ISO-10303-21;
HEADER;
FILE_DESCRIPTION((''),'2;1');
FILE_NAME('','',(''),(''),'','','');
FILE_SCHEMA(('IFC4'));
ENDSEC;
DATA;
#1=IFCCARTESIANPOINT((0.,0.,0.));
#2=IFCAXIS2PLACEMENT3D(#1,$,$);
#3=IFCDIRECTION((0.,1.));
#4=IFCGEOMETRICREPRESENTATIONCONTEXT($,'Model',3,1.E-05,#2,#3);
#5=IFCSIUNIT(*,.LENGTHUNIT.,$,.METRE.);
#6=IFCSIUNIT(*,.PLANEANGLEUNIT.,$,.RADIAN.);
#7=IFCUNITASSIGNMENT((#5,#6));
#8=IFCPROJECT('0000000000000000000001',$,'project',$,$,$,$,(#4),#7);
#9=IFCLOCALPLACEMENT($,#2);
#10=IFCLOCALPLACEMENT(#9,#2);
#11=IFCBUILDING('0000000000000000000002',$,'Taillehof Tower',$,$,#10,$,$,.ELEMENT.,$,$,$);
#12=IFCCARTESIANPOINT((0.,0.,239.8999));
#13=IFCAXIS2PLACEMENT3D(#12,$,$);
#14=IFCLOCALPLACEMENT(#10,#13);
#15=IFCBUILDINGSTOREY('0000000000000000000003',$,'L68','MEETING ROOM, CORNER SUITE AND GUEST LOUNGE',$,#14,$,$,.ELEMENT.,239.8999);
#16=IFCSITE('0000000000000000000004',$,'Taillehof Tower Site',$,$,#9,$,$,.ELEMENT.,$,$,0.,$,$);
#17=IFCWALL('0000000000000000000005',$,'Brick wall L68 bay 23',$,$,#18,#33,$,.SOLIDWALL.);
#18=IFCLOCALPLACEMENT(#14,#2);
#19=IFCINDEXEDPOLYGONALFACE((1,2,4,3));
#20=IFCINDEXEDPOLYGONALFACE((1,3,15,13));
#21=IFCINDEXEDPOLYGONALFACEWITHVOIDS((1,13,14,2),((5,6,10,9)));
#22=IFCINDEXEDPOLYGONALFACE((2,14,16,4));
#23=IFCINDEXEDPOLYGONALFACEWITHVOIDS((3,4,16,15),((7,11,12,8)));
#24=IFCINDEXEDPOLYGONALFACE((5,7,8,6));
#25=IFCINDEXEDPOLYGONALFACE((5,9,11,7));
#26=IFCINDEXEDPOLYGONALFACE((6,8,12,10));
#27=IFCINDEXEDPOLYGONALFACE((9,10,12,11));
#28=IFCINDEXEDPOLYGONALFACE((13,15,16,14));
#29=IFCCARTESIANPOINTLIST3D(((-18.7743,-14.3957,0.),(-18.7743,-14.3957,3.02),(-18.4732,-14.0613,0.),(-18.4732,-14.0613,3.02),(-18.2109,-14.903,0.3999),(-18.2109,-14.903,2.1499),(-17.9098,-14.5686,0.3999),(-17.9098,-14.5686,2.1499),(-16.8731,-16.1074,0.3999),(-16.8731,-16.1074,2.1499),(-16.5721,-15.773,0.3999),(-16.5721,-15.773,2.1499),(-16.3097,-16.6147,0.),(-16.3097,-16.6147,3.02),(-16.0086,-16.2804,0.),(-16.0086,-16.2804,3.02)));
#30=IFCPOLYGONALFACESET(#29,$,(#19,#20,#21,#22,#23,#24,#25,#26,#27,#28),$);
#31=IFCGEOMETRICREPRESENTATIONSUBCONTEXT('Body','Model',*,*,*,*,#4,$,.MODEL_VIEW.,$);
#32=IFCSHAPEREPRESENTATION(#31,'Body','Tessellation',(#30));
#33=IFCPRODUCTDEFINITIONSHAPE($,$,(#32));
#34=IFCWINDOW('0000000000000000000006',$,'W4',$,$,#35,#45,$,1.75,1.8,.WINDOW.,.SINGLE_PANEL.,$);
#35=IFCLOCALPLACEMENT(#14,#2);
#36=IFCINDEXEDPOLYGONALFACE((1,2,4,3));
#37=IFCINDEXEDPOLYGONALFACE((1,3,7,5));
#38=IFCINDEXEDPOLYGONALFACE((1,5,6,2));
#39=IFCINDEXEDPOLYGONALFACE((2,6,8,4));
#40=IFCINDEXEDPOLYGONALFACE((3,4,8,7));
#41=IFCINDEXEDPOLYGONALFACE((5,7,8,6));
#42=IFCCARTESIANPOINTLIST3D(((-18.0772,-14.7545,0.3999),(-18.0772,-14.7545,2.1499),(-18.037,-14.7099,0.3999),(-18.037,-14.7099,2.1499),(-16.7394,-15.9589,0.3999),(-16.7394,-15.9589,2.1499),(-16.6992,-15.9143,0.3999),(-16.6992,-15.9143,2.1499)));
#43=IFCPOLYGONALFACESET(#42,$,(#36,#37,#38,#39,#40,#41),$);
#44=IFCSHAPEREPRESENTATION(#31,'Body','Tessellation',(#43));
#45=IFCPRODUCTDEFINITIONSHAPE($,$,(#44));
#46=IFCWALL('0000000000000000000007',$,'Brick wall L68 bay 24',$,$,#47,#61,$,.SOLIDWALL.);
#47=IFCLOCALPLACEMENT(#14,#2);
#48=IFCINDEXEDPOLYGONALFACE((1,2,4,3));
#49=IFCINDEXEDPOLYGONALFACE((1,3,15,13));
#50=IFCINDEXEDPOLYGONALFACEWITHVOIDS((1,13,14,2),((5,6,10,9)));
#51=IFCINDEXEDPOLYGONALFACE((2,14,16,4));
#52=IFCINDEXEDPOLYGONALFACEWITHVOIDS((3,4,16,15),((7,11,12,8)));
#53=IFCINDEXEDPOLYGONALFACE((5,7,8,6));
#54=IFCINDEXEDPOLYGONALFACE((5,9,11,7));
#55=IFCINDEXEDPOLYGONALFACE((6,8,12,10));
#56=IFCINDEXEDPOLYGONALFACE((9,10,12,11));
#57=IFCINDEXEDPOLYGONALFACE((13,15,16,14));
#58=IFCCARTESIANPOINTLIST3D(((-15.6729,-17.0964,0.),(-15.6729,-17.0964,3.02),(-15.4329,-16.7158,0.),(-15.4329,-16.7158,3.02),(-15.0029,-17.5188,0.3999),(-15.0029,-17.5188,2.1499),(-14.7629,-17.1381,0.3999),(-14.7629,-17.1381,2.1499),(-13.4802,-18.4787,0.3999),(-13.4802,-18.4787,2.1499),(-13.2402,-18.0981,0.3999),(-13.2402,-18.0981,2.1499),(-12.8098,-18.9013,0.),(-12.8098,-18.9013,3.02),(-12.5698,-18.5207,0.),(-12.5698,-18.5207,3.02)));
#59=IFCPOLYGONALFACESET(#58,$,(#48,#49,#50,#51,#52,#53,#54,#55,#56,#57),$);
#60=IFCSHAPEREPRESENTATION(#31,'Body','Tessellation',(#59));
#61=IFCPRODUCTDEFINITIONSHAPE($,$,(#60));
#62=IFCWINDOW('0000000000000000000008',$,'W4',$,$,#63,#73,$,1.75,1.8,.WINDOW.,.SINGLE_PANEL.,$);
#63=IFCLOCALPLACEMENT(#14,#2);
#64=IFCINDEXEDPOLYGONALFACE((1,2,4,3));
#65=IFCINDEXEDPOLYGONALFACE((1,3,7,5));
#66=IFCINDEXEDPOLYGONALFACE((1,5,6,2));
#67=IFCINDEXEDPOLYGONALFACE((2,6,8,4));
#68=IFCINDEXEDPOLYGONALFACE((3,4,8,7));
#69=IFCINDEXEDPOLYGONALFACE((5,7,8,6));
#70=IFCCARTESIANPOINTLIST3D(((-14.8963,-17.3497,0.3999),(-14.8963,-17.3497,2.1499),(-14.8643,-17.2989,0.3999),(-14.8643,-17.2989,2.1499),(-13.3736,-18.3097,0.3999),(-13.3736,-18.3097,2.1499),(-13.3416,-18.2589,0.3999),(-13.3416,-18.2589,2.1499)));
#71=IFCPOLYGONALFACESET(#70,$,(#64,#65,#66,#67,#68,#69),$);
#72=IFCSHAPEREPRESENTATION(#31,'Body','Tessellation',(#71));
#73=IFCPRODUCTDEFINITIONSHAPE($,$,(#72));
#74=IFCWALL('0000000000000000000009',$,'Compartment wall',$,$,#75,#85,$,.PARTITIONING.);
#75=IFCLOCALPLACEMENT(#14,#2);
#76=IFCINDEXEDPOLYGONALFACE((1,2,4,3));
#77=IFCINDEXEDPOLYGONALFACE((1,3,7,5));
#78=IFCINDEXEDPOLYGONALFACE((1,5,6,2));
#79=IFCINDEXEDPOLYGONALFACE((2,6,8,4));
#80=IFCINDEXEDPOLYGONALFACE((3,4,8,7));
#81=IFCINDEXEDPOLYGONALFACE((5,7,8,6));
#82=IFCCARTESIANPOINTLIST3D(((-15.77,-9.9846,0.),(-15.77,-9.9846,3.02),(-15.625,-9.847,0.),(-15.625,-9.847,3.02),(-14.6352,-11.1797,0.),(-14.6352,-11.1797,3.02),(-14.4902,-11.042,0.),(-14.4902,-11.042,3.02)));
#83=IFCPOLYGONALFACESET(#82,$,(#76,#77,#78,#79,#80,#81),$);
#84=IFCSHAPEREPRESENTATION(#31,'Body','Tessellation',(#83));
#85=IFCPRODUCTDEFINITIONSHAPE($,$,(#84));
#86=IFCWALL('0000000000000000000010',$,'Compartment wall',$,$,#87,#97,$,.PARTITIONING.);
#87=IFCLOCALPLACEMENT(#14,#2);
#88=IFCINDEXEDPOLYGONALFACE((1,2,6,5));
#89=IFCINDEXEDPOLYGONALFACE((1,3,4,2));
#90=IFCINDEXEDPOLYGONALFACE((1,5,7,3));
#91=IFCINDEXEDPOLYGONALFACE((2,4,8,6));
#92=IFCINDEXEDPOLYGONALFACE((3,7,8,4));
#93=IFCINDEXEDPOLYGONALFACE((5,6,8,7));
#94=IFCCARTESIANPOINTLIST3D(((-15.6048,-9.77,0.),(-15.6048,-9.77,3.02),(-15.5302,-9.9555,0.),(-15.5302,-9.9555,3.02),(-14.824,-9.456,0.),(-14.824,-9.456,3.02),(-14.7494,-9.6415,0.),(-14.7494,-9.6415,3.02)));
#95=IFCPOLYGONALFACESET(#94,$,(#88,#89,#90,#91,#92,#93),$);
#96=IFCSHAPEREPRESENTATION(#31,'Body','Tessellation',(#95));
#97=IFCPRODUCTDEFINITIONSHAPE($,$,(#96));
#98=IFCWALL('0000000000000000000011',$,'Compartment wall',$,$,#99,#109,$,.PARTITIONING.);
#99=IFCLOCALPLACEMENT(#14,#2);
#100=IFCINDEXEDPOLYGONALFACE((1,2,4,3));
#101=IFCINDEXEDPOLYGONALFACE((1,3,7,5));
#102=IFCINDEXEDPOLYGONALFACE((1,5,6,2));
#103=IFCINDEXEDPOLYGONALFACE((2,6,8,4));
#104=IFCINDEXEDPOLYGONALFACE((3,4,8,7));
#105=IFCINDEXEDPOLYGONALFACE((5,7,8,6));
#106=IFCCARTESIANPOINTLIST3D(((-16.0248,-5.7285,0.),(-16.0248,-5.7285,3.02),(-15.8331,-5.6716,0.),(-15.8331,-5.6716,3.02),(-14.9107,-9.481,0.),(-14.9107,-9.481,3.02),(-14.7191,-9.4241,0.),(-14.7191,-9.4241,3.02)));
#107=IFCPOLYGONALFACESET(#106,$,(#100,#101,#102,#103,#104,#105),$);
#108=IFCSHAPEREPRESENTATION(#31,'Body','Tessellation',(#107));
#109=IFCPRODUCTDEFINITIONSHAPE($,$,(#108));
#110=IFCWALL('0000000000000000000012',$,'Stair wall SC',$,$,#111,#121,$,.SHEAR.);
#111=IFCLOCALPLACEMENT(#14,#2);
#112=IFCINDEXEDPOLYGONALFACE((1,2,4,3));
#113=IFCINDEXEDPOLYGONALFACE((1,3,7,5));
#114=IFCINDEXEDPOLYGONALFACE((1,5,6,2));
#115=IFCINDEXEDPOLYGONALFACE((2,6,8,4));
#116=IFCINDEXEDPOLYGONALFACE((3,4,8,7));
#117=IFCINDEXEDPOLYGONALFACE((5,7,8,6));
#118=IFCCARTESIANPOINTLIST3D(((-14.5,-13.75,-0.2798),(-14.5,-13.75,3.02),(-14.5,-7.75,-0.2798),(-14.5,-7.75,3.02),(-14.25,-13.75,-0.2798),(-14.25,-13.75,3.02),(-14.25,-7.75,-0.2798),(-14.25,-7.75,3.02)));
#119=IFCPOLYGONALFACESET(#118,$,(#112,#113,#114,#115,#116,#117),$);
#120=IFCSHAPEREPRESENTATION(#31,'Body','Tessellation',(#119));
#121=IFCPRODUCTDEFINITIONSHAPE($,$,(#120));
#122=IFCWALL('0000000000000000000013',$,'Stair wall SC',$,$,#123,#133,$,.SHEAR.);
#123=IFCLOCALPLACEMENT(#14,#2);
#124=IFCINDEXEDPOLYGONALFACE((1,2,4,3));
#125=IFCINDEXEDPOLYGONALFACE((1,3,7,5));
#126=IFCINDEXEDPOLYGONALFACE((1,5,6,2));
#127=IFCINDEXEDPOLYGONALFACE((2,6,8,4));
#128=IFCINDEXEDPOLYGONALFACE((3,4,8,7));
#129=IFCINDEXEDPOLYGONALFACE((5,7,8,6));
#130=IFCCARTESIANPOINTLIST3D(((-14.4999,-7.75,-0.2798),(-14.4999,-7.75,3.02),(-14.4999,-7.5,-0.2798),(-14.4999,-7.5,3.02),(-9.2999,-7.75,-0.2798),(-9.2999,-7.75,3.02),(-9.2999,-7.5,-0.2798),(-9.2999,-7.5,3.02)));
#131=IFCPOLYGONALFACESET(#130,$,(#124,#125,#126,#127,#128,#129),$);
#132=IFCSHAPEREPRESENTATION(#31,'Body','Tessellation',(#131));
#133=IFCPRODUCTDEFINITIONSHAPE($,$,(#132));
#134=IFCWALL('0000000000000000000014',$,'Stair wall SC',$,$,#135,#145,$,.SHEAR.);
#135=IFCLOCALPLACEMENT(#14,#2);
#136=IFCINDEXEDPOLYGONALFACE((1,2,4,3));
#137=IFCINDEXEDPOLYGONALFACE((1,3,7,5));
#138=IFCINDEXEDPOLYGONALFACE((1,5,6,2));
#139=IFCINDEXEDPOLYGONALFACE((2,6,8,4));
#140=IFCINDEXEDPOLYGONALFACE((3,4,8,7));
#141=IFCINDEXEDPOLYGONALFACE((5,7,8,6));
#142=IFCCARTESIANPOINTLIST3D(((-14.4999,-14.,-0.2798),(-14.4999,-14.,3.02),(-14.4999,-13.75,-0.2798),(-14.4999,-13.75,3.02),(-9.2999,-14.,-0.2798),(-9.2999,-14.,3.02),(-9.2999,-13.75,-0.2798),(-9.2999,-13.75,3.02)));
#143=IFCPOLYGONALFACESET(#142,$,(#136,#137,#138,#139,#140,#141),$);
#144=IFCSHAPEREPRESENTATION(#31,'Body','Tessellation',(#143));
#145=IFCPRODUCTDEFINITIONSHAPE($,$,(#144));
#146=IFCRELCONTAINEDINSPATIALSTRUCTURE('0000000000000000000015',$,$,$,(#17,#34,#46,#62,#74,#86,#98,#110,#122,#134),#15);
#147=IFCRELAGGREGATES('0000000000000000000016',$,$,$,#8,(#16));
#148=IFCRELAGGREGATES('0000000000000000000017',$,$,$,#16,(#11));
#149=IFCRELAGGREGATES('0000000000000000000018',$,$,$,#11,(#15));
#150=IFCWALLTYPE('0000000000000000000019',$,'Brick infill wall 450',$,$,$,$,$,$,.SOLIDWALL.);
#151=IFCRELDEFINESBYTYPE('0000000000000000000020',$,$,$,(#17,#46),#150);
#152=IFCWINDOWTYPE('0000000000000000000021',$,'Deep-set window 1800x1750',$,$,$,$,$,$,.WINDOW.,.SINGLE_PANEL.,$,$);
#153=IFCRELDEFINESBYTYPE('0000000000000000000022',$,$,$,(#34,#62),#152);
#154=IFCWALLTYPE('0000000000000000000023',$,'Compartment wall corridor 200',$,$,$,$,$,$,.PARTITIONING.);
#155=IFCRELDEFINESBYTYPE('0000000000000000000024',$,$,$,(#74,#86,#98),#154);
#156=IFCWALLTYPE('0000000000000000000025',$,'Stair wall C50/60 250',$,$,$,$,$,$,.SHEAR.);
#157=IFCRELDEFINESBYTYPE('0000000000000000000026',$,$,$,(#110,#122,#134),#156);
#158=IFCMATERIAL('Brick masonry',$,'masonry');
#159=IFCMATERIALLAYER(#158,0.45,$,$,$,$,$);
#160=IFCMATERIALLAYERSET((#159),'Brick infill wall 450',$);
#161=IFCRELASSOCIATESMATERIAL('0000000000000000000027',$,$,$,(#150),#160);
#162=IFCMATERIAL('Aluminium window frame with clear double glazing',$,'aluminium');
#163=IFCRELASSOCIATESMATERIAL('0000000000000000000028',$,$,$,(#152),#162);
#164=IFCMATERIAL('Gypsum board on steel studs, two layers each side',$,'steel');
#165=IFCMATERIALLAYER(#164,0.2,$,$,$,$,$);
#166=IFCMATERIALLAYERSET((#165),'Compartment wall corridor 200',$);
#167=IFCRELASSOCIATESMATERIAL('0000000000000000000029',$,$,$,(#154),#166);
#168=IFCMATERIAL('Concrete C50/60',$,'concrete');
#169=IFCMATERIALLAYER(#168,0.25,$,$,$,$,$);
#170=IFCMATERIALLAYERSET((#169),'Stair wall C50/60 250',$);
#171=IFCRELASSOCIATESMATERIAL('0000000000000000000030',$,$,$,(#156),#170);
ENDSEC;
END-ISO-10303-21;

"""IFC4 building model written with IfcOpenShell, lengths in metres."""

from ifc_helpers import new_model, si_unit, direction, frame, frame_2d, origin, place, context, subcontext, project, spatial, rectangle, extrude, material, layer, layer_set, type_object, element, fill, save


model = new_model("IFC4")

# Units and contexts
model_context = context("Model", 3, precision=1e-05, world=origin(), true_north=direction((0.0, 1.0)))
body_context = subcontext(model_context, "Body", "Model", "MODEL_VIEW")
ifc_project = project(units=[si_unit("LENGTHUNIT", "METRE"), si_unit("PLANEANGLEUNIT", "RADIAN")], contexts=[model_context])

# Site, building, storey
site_placement = place(None, origin())
site = spatial("IfcSite", under=ifc_project, at=site_placement, Name="Taillehof Tower Site", CompositionType="ELEMENT", RefElevation=0.0)
building_placement = place(site_placement, origin())
building = spatial("IfcBuilding", under=site, at=building_placement, Name="Taillehof Tower", CompositionType="ELEMENT")
storey_placement = place(building_placement, frame((0.0, 0.0, 239.8999)))
storey = spatial("IfcBuildingStorey", under=building, at=storey_placement, Name="L68", Description="MEETING ROOM, CORNER SUITE AND GUEST LOUNGE", CompositionType="ELEMENT", Elevation=239.8999)

# Walls, openings, windows
ifc_material_1 = material(Name="Brick masonry", Category="masonry")
ifc_layer_1 = layer(ifc_material_1, 0.45)
ifc_layer_set_1 = layer_set([ifc_layer_1], Name="Brick infill wall 450")
wall_type_1 = type_object("IfcWallType", Name="Brick infill wall 450", PredefinedType="SOLIDWALL", material=ifc_layer_set_1)
ifc_material_2 = material(Name="Aluminium window frame with clear double glazing", Category="aluminium")
window_type = type_object("IfcWindowType", Name="Deep-set window 1800x1750", PartitioningType="SINGLE_PANEL", PredefinedType="WINDOW", material=ifc_material_2)
wall_1_placement = place(storey_placement, frame((-18.6238, -14.2285, 0.0), z_axis=(0.0, 0.0, 1.0), x_axis=(0.743166, -0.669107, 0.0)))
wall_1 = element("IfcWall", 1, at=wall_1_placement, inside=storey, type_object=wall_type_1, Name="Brick wall L68 bay 23", PredefinedType="SOLIDWALL", context=body_context, shape_type="SweptSolid", body=[
    extrude(rectangle(XDim=3.3164, YDim=0.45, at=frame_2d((1.6582, 0.0))), origin(), (0.0, 0.0, 1.0), 3.02),
])
opening_1_placement = place(wall_1_placement, frame((0.7583, 0.0, 0.3999)))
opening_1 = element("IfcOpeningElement", 2, at=opening_1_placement, cuts=wall_1, PredefinedType="OPENING", context=body_context, shape_type="SweptSolid", body=[
    extrude(rectangle(XDim=1.8, YDim=1.75, at=frame_2d((0.8999, 0.875))), frame((0.0, 0.2349, 0.0), z_axis=(0.0, -1.0, 0.0), x_axis=(1.0, 0.0, 0.0)), (0.0, 0.0, 1.0), 0.47),
])
window_1_placement = place(opening_1_placement, origin())
window_1 = element("IfcWindow", 3, at=window_1_placement, inside=storey, type_object=window_type, Name="W4", OverallHeight=1.75, OverallWidth=1.8, PartitioningType="SINGLE_PANEL", PredefinedType="WINDOW", context=body_context, shape_type="SweptSolid", body=[
    extrude(rectangle(XDim=1.8, YDim=1.75, at=frame_2d((0.8999, 0.875))), frame((0.0, 0.0349, 0.0), z_axis=(0.0, -1.0, 0.0), x_axis=(1.0, 0.0, 0.0)), (0.0, 0.0, 1.0), 0.0601),
])
fill(opening_1, window_1)
wall_2_placement = place(storey_placement, frame((-15.553, -16.906, 0.0), z_axis=(0.0, 0.0, 1.0), x_axis=(0.845929, -0.533295, 0.0)))
wall_2 = element("IfcWall", 4, at=wall_2_placement, inside=storey, type_object=wall_type_1, Name="Brick wall L68 bay 24", PredefinedType="SOLIDWALL", context=body_context, shape_type="SweptSolid", body=[
    extrude(rectangle(XDim=3.3845, YDim=0.45, at=frame_2d((1.6924, 0.0))), origin(), (0.0, 0.0, 1.0), 3.02),
])
opening_2_placement = place(wall_2_placement, frame((0.7922, 0.0, 0.3999)))
opening_2 = element("IfcOpeningElement", 5, at=opening_2_placement, cuts=wall_2, PredefinedType="OPENING", context=body_context, shape_type="SweptSolid", body=[
    extrude(rectangle(XDim=1.8, YDim=1.75, at=frame_2d((0.8999, 0.875))), frame((0.0, 0.2349, 0.0), z_axis=(0.0, -1.0, 0.0), x_axis=(1.0, 0.0, 0.0)), (0.0, 0.0, 1.0), 0.47),
])
window_2_placement = place(opening_2_placement, origin())
window_2 = element("IfcWindow", 6, at=window_2_placement, inside=storey, type_object=window_type, Name="W4", OverallHeight=1.75, OverallWidth=1.8, PartitioningType="SINGLE_PANEL", PredefinedType="WINDOW", context=body_context, shape_type="SweptSolid", body=[
    extrude(rectangle(XDim=1.8, YDim=1.75, at=frame_2d((0.8999, 0.875))), frame((0.0, 0.0349, 0.0), z_axis=(0.0, -1.0, 0.0), x_axis=(1.0, 0.0, 0.0)), (0.0, 0.0, 1.0), 0.0601),
])
fill(opening_2, window_2)

# Walls
ifc_material_3 = material(Name="Gypsum board on steel studs, two layers each side", Category="steel")
ifc_layer_2 = layer(ifc_material_3, 0.2)
ifc_layer_set_2 = layer_set([ifc_layer_2], Name="Compartment wall corridor 200")
wall_type_2 = type_object("IfcWallType", Name="Compartment wall corridor 200", PredefinedType="PARTITIONING", material=ifc_layer_set_2)
wall_3_placement = place(storey_placement, frame((-14.5627, -11.1108, 0.0), z_axis=(0.0, 0.0, 1.0), x_axis=(-0.688574, 0.725166, 0.0)))
element("IfcWall", 7, at=wall_3_placement, inside=storey, type_object=wall_type_2, Name="Compartment wall", PredefinedType="PARTITIONING", context=body_context, shape_type="SweptSolid", body=[
    extrude(rectangle(XDim=1.6479, YDim=0.2, at=frame_2d((0.824, 0.0))), origin(), (0.0, 0.0, 1.0), 3.02),
])
wall_4_placement = place(storey_placement, frame((-15.5676, -9.8628, 0.0), z_axis=(0.0, 0.0, 1.0), x_axis=(0.927795, 0.373091, 0.0)))
element("IfcWall", 8, at=wall_4_placement, inside=storey, type_object=wall_type_2, Name="Compartment wall", PredefinedType="PARTITIONING", context=body_context, shape_type="SweptSolid", body=[
    extrude(rectangle(XDim=0.8416, YDim=0.2, at=frame_2d((0.4209, 0.0))), origin(), (0.0, 0.0, 1.0), 3.02),
])
wall_5_placement = place(storey_placement, frame((-14.8149, -9.4524, 0.0), z_axis=(0.0, 0.0, 1.0), x_axis=(-0.2846, 0.958646, 0.0)))
element("IfcWall", 9, at=wall_5_placement, inside=storey, type_object=wall_type_2, Name="Compartment wall", PredefinedType="PARTITIONING", context=body_context, shape_type="SweptSolid", body=[
    extrude(rectangle(XDim=3.9143, YDim=0.2, at=frame_2d((1.957, 0.0))), origin(), (0.0, 0.0, 1.0), 3.02),
])
ifc_material_4 = material(Name="Concrete C50/60", Category="concrete")
ifc_layer_3 = layer(ifc_material_4, 0.25)
ifc_layer_set_3 = layer_set([ifc_layer_3], Name="Stair wall C50/60 250")
wall_type_3 = type_object("IfcWallType", Name="Stair wall C50/60 250", PredefinedType="SHEAR", material=ifc_layer_set_3)
wall_6_placement = place(storey_placement, frame((-14.375, -13.75, -0.2798), z_axis=(0.0, 0.0, 1.0), x_axis=(0.0, 1.0, 0.0)))
element("IfcWall", 10, at=wall_6_placement, inside=storey, type_object=wall_type_3, Name="Stair wall SC", PredefinedType="SHEAR", context=body_context, shape_type="SweptSolid", body=[
    extrude(rectangle(XDim=6.0, YDim=0.25, at=frame_2d((3.0, 0.0))), origin(), (0.0, 0.0, 1.0), 3.2998),
])
for number, where, z_axis, x_axis, name in (
    (11, (-14.5, -7.625, -0.2798), (0.0, 0.0, 1.0), (1.0, 0.0, 0.0), "Stair wall SC"),
    (12, (-14.5, -13.875, -0.2798), (0.0, 0.0, 1.0), (1.0, 0.0, 0.0), "Stair wall SC"),
):
    element("IfcWall", number, at=place(storey_placement, frame(where, z_axis=z_axis, x_axis=x_axis)), inside=storey, type_object=wall_type_3, Name=name, PredefinedType="SHEAR", context=body_context, shape_type="SweptSolid", body=[
        extrude(rectangle(XDim=5.2, YDim=0.25, at=frame_2d((2.6001, 0.0))), origin(), (0.0, 0.0, 1.0), 3.2998),
    ])

save(model, "model.ifc")
